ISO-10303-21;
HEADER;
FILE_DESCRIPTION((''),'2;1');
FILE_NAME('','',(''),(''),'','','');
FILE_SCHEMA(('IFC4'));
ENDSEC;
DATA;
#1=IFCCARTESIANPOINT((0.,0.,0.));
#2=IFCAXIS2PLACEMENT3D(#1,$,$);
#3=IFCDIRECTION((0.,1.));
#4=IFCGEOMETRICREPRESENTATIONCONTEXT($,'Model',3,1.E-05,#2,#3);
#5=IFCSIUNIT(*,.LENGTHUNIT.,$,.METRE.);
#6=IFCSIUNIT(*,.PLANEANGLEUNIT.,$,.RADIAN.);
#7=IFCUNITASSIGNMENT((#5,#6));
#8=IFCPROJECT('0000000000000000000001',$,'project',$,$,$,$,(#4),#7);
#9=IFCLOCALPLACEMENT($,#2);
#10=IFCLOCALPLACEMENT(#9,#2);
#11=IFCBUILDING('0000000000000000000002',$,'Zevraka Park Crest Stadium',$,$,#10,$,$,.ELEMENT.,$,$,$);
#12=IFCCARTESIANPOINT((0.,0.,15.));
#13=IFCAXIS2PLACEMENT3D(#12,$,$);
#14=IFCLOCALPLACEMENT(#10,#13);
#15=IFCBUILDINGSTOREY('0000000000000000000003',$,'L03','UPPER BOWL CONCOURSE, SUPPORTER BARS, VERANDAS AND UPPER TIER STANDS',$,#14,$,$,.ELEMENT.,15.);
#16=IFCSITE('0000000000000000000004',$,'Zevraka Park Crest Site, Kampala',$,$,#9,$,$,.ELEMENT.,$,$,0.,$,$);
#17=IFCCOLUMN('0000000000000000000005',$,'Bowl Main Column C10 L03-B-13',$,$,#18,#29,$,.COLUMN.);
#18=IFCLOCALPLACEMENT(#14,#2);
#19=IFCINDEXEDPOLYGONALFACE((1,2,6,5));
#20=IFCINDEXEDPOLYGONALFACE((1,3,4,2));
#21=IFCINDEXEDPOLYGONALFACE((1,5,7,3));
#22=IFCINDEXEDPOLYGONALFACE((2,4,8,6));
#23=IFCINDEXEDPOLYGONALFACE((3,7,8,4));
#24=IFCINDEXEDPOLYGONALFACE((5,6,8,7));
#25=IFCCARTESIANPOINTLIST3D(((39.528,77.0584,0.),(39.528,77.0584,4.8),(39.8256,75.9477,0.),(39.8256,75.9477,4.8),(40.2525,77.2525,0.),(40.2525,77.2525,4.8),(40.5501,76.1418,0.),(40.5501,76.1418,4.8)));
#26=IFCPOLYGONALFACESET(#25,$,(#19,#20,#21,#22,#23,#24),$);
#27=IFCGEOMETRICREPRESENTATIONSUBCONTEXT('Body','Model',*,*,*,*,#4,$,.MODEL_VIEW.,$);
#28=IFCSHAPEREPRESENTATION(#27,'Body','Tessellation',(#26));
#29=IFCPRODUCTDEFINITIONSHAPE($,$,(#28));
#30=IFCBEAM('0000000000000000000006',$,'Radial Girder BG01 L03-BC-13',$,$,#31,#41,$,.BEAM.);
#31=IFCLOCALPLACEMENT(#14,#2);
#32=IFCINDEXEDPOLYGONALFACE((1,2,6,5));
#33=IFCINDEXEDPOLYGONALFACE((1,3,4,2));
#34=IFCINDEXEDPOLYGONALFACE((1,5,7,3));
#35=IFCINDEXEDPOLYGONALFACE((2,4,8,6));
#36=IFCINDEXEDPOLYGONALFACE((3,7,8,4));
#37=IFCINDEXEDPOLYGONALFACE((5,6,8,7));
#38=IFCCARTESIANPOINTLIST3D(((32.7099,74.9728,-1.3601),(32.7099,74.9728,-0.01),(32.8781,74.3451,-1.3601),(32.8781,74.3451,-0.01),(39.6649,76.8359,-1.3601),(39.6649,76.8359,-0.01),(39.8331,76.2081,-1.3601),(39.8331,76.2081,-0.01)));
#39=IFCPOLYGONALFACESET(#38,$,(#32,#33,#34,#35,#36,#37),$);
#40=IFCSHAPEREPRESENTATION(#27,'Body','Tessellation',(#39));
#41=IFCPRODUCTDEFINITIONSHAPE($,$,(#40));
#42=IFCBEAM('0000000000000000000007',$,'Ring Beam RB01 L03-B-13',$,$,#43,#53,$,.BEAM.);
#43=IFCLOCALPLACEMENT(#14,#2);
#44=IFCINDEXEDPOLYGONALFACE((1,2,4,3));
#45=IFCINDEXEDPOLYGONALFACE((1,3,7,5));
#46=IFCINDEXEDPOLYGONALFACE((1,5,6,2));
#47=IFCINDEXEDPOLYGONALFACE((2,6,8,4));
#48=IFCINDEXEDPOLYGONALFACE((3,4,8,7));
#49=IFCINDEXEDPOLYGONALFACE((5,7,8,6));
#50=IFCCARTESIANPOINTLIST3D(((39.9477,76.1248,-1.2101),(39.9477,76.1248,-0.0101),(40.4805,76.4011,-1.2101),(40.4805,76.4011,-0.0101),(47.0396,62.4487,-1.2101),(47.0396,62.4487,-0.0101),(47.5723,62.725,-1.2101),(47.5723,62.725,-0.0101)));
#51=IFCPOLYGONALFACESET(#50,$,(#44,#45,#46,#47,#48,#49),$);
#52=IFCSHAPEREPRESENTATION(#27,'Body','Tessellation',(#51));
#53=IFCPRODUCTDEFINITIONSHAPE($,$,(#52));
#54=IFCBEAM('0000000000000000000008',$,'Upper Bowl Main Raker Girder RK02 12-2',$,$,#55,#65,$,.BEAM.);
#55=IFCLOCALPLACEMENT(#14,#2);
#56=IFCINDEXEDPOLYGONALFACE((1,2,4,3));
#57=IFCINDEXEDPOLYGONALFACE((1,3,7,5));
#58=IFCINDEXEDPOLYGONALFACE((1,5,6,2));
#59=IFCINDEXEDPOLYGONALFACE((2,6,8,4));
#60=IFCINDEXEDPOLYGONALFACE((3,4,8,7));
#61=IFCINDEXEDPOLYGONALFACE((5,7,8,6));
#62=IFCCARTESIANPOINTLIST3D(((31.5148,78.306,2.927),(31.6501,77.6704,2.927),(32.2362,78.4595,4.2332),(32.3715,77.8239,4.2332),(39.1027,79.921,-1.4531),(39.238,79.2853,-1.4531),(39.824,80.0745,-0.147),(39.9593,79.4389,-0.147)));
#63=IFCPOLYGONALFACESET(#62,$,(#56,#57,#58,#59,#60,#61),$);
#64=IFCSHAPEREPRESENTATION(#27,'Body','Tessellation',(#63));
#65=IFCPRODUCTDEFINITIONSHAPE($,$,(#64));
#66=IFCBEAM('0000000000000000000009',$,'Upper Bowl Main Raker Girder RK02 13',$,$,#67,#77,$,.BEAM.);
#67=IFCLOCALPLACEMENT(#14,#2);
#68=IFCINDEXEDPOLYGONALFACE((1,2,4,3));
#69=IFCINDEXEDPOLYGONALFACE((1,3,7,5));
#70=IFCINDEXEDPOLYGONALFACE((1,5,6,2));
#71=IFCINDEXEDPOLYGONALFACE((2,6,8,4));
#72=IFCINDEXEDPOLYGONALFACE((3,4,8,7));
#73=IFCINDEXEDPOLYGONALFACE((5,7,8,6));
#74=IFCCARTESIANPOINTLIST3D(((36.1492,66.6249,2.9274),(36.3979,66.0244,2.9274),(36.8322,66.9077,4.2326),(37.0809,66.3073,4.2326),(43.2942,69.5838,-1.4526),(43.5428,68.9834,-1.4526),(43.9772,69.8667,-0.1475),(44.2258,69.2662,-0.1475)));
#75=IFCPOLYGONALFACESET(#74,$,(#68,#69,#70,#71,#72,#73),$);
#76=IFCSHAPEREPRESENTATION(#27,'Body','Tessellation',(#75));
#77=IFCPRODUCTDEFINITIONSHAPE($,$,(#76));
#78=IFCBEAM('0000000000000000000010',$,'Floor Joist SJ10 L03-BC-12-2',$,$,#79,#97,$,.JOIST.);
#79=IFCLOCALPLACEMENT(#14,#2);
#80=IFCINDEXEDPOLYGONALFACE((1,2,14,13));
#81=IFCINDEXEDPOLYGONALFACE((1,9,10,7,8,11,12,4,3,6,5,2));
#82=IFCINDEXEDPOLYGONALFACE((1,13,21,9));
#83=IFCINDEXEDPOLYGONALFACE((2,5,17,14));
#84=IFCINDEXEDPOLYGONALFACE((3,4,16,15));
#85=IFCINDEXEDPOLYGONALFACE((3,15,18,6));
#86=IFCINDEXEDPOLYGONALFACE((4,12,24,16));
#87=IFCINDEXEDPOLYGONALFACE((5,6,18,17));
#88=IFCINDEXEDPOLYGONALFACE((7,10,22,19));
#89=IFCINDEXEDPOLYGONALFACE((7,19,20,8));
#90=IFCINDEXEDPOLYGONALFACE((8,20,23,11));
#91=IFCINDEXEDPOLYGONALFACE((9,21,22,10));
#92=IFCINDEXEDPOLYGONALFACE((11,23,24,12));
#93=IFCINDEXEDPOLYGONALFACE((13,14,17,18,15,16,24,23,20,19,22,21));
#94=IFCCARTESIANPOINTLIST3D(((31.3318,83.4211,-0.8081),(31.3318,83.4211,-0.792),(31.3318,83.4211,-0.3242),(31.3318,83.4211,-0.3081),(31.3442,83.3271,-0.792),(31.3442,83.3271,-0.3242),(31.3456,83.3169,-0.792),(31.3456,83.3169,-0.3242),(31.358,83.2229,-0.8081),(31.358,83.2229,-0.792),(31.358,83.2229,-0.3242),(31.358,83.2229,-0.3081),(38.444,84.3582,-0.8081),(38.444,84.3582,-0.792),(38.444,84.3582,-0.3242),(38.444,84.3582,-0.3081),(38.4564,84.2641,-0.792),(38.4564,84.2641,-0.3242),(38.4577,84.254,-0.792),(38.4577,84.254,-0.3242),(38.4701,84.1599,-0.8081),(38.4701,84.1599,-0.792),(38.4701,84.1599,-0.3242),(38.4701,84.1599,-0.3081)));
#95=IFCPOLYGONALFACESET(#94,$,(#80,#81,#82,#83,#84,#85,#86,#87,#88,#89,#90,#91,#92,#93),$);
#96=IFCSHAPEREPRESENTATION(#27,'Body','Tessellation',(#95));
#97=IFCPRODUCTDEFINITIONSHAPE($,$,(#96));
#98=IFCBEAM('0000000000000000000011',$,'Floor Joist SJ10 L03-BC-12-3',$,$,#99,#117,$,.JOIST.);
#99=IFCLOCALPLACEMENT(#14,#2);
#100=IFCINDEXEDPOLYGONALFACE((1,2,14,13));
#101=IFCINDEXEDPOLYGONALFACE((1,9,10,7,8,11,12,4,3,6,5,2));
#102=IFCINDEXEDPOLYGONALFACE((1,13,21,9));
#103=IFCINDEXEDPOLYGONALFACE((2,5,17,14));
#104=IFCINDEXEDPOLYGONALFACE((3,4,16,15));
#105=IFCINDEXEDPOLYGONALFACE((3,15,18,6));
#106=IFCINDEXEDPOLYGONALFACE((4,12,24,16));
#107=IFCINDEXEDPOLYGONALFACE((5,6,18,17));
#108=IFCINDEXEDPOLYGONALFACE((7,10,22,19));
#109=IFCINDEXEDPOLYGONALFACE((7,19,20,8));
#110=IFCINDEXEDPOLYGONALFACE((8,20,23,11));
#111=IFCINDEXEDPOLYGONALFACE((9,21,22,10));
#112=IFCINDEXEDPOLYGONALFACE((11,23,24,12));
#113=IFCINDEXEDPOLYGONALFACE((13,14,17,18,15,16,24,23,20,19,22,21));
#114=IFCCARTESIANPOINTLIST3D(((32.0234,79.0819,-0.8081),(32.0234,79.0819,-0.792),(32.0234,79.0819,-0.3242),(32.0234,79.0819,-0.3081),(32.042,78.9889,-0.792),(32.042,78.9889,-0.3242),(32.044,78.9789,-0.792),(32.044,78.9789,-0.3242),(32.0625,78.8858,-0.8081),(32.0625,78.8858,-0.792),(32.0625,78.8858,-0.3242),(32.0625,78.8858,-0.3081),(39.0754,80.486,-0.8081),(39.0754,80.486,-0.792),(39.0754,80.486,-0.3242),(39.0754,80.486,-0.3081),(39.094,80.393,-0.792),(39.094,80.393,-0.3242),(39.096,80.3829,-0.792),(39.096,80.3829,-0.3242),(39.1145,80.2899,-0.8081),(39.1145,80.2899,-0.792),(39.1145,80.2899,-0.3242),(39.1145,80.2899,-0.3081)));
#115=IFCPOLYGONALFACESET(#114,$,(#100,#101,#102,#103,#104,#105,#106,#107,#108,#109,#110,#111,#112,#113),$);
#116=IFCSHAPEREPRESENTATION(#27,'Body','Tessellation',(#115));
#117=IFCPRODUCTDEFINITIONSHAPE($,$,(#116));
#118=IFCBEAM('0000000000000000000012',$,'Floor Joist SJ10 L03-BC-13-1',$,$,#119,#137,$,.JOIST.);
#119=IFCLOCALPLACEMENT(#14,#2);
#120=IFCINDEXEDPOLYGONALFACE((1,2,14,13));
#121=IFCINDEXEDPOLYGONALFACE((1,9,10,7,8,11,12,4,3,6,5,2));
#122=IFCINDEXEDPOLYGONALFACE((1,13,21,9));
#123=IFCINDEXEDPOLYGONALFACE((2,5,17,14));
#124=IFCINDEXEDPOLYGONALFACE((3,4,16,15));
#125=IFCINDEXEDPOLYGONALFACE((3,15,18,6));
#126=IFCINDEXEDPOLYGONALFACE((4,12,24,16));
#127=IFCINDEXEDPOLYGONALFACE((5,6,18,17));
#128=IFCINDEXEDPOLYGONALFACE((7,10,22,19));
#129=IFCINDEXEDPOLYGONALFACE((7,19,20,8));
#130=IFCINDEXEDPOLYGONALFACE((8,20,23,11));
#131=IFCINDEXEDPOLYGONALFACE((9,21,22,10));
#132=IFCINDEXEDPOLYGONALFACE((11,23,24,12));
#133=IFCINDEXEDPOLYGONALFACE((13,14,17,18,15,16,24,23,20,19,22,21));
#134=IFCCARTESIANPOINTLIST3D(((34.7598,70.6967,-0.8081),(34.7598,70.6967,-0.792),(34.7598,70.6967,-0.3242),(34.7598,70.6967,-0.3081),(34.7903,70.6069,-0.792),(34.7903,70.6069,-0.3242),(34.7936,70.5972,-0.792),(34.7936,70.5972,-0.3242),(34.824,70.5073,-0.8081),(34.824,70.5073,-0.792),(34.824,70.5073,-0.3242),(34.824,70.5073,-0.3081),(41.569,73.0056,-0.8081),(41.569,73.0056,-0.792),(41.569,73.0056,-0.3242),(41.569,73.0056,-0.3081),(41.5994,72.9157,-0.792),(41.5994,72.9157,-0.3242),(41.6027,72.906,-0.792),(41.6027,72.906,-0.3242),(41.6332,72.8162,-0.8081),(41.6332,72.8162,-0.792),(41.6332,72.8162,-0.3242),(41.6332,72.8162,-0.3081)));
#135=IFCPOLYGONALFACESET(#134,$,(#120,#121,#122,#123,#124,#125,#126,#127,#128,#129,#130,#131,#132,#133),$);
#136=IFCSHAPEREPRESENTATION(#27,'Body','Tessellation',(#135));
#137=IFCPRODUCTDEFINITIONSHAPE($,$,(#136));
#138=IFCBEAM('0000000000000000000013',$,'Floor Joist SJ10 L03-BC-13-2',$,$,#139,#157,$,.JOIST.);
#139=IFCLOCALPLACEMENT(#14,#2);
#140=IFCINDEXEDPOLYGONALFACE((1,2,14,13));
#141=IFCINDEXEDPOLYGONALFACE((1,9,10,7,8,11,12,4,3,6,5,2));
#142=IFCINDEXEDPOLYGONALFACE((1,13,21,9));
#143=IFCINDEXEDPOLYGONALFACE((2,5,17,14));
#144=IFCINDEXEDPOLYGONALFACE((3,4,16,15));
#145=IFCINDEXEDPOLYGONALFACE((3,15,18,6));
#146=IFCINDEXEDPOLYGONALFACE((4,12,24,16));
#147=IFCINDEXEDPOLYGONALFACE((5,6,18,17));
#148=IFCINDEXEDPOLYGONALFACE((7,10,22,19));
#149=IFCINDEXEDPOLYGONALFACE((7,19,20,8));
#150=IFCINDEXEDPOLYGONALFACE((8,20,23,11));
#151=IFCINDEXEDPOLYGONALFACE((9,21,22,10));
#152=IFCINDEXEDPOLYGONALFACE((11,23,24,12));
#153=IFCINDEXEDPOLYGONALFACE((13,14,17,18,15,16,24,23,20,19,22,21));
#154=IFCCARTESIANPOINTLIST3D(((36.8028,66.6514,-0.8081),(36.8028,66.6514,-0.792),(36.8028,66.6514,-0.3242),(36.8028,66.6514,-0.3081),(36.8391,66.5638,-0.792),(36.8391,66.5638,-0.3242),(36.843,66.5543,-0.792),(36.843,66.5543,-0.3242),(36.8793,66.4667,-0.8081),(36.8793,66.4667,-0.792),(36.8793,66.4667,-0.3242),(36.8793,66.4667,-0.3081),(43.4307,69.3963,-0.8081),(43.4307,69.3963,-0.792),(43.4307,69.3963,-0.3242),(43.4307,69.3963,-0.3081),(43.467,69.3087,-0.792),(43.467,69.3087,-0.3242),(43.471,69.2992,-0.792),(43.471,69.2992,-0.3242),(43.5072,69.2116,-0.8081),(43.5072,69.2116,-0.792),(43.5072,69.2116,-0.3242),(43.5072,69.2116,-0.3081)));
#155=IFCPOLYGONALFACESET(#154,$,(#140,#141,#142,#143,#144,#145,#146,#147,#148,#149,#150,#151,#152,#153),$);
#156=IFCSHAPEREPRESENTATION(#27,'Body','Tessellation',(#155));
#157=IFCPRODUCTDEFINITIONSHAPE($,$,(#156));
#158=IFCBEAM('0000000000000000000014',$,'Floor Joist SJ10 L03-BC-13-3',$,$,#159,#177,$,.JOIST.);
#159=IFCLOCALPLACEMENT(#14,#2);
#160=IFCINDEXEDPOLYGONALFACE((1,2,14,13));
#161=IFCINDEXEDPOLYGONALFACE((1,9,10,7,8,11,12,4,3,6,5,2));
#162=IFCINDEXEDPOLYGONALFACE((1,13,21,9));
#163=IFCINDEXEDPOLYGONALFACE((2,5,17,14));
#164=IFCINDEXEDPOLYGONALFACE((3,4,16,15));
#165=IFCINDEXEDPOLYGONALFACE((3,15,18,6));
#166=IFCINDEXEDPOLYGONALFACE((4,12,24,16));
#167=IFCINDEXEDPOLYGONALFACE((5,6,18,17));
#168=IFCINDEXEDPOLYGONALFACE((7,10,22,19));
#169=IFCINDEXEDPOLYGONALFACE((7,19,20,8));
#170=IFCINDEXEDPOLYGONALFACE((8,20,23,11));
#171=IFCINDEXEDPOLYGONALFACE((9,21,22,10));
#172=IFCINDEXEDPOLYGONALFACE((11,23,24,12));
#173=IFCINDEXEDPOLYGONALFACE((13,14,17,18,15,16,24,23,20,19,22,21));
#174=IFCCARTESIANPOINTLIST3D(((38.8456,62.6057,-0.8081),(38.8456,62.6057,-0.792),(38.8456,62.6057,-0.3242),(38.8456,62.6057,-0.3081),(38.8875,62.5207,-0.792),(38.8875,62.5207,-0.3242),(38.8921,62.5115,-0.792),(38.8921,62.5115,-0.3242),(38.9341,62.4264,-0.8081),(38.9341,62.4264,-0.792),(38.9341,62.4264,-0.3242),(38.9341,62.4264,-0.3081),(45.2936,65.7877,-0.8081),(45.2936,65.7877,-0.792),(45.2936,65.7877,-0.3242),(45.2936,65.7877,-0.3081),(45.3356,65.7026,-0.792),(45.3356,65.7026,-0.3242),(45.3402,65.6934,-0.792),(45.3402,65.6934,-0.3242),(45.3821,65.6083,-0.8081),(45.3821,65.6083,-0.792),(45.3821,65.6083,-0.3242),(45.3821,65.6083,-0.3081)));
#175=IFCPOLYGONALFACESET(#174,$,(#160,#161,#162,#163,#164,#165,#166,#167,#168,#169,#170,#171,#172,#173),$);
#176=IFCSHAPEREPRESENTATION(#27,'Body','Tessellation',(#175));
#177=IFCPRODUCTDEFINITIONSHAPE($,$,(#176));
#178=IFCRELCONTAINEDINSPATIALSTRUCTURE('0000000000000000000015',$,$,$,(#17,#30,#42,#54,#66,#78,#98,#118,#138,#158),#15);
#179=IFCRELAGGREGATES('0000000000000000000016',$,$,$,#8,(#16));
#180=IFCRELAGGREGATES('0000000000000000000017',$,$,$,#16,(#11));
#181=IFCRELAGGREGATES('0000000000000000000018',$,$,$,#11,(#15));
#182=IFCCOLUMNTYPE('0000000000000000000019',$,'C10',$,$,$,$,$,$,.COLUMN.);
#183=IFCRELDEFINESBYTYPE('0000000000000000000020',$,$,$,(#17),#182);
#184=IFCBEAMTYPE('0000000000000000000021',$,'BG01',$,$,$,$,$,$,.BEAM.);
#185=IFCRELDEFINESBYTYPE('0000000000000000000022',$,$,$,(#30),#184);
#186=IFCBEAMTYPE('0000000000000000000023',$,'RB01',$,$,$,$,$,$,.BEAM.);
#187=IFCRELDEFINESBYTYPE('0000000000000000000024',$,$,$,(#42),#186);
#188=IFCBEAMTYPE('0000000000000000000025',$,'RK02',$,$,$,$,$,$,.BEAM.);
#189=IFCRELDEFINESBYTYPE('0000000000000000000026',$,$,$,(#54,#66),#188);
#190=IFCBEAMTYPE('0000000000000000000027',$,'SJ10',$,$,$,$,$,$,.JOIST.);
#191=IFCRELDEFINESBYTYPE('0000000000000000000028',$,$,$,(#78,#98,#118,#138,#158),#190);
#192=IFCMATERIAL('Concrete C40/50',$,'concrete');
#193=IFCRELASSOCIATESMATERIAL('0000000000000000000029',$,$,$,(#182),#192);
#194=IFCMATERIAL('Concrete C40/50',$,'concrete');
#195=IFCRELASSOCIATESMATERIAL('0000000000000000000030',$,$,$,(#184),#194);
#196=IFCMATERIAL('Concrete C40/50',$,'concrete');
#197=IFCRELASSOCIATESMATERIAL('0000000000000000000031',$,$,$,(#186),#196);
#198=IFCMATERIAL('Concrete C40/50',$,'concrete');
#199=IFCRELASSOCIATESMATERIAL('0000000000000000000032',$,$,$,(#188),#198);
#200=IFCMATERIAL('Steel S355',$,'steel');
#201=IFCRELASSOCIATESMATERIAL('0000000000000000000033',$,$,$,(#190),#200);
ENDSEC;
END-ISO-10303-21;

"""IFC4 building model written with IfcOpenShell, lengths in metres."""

from ifc_helpers import new_model, si_unit, direction, frame, origin, origin_2d, place, context, subcontext, project, spatial, rectangle, i_section, extrude, material, material_profile, profile_set, type_object, element, save


model = new_model("IFC4")

# Units and contexts
model_context = context("Model", 3, precision=1e-05, world=origin(), true_north=direction((0.0, 1.0)))
body_context = subcontext(model_context, "Body", "Model", "MODEL_VIEW")
ifc_project = project(units=[si_unit("LENGTHUNIT", "METRE"), si_unit("PLANEANGLEUNIT", "RADIAN")], contexts=[model_context])

# Site, building, storey
site_placement = place(None, origin())
site = spatial("IfcSite", under=ifc_project, at=site_placement, Name="Zevraka Park Crest Site, Kampala", CompositionType="ELEMENT", RefElevation=0.0)
building_placement = place(site_placement, origin())
building = spatial("IfcBuilding", under=site, at=building_placement, Name="Zevraka Park Crest Stadium", CompositionType="ELEMENT")
storey_placement = place(building_placement, frame((0.0, 0.0, 15.0)))
storey = spatial("IfcBuildingStorey", under=building, at=storey_placement, Name="L03", Description="UPPER BOWL CONCOURSE, SUPPORTER BARS, VERANDAS AND UPPER TIER STANDS", CompositionType="ELEMENT", Elevation=15.0)

# Column
ifc_material_1 = material(Name="Concrete C40/50", Category="concrete")
ifc_material_profile_1 = material_profile(ifc_material_1, rectangle(XDim=0.75, YDim=1.1499, at=origin_2d()), Name="RC 1150x750")
ifc_profile_set_1 = profile_set([ifc_material_profile_1], Name="Concrete C40/50")
column_type = type_object("IfcColumnType", Name="C10", PredefinedType="COLUMN", material=ifc_profile_set_1)
column_placement = place(storey_placement, frame((40.0391, 76.6001, 0.0), z_axis=(0.0, 0.0, 1.0), x_axis=(0.965926, 0.258819, 0.0)))
element("IfcColumn", 1, at=column_placement, inside=storey, type_object=column_type, Name="Bowl Main Column C10 L03-B-13", PredefinedType="COLUMN", context=body_context, shape_type="SweptSolid", body=[
    extrude(rectangle(XDim=0.75, YDim=1.1499, at=origin_2d()), origin(), (0.0, 0.0, 1.0), 4.8),
])

# Beams
ifc_material_2 = material(Name="Concrete C40/50", Category="concrete")
ifc_material_profile_2 = material_profile(ifc_material_2, rectangle(XDim=0.6499, YDim=1.3501, at=origin_2d()), Name="RC 1350x650")
ifc_profile_set_2 = profile_set([ifc_material_profile_2], Name="Concrete C40/50")
beam_type_1 = type_object("IfcBeamType", Name="BG01", PredefinedType="BEAM", material=ifc_profile_set_2)
beam_1_placement = place(storey_placement, frame((39.749, 76.522, -0.6851), z_axis=(-0.965946, -0.258745, 0.0), x_axis=(0.258745, -0.965946, 0.0)))
element("IfcBeam", 2, at=beam_1_placement, inside=storey, type_object=beam_type_1, Name="Radial Girder BG01 L03-BC-13", PredefinedType="BEAM", context=body_context, shape_type="SweptSolid", body=[
    extrude(rectangle(XDim=0.6499, YDim=1.3501, at=origin_2d()), origin(), (0.0, 0.0, 1.0), 7.2002),
])
ifc_material_3 = material(Name="Concrete C40/50", Category="concrete")
ifc_material_profile_3 = material_profile(ifc_material_3, rectangle(XDim=0.6001, YDim=1.2, at=origin_2d()), Name="RC 1200x600")
ifc_profile_set_3 = profile_set([ifc_material_profile_3], Name="Concrete C40/50")
beam_type_2 = type_object("IfcBeamType", Name="RB01", PredefinedType="BEAM", material=ifc_profile_set_3)
beam_2_placement = place(storey_placement, frame((40.2141, 76.2629, -0.6101), z_axis=(0.460344, -0.887741, 0.0), x_axis=(0.887741, 0.460344, 0.0)))
element("IfcBeam", 3, at=beam_2_placement, inside=storey, type_object=beam_type_2, Name="Ring Beam RB01 L03-B-13", PredefinedType="BEAM", context=body_context, shape_type="SweptSolid", body=[
    extrude(rectangle(XDim=0.6001, YDim=1.2, at=origin_2d()), origin(), (0.0, 0.0, 1.0), 15.4055),
])
ifc_material_4 = material(Name="Concrete C40/50", Category="concrete")
ifc_material_profile_4 = material_profile(ifc_material_4, rectangle(XDim=0.6499, YDim=1.5, at=origin_2d()), Name="RC 1500x650")
ifc_profile_set_4 = profile_set([ifc_material_profile_4], Name="Concrete C40/50")
beam_type_3 = type_object("IfcBeamType", Name="RK02", PredefinedType="BEAM", material=ifc_profile_set_4)
beam_3_placement = place(storey_placement, frame((39.531, 79.6799, -0.8), z_axis=(-0.851713, -0.181277, 0.491653), x_axis=(0.208175, -0.978092, 0.0)))
element("IfcBeam", 4, at=beam_3_placement, inside=storey, type_object=beam_type_3, Name="Upper Bowl Main Raker Girder RK02 12-2", PredefinedType="BEAM", context=body_context, shape_type="SweptSolid", body=[
    extrude(rectangle(XDim=0.6499, YDim=1.5, at=origin_2d()), origin(), (0.0, 0.0, 1.0), 8.9089),
])
beam_4_placement = place(storey_placement, frame((43.76, 69.425, -0.8), z_axis=(-0.803916, -0.332928, 0.492826), x_axis=(0.382619, -0.923906, 0.0)))
element("IfcBeam", 5, at=beam_4_placement, inside=storey, type_object=beam_type_3, Name="Upper Bowl Main Raker Girder RK02 13", PredefinedType="BEAM", context=body_context, shape_type="SweptSolid", body=[
    extrude(rectangle(XDim=0.6499, YDim=1.5, at=origin_2d()), origin(), (0.0, 0.0, 1.0), 8.8877),
])
ifc_material_5 = material(Name="Steel S355", Category="steel")
ifc_material_profile_5 = material_profile(ifc_material_5, i_section(OverallWidth=0.2, OverallDepth=0.5, WebThickness=0.0103, FlangeThickness=0.0161, at=origin_2d()), Name="IPE 500")
ifc_profile_set_5 = profile_set([ifc_material_profile_5], Name="Steel S355")
beam_type_4 = type_object("IfcBeamType", Name="SJ10", PredefinedType="JOIST", material=ifc_profile_set_5)
beam_5_placement = place(storey_placement, frame((38.457, 84.259, -0.5581), z_axis=(-0.991432, -0.130621, 0.0), x_axis=(0.130621, -0.991432, 0.0)))
element("IfcBeam", 6, at=beam_5_placement, inside=storey, type_object=beam_type_4, Name="Floor Joist SJ10 L03-BC-12-2", PredefinedType="JOIST", context=body_context, shape_type="SweptSolid", body=[
    extrude(i_section(OverallWidth=0.2, OverallDepth=0.5, WebThickness=0.0103, FlangeThickness=0.0161, at=origin_2d()), origin(), (0.0, 0.0, 1.0), 7.1736),
])
beam_6_placement = place(storey_placement, frame((39.095, 80.3879, -0.5581), z_axis=(-0.98075, -0.195267, 0.0), x_axis=(0.195267, -0.98075, 0.0)))
element("IfcBeam", 7, at=beam_6_placement, inside=storey, type_object=beam_type_4, Name="Floor Joist SJ10 L03-BC-12-3", PredefinedType="JOIST", context=body_context, shape_type="SweptSolid", body=[
    extrude(i_section(OverallWidth=0.2, OverallDepth=0.5, WebThickness=0.0103, FlangeThickness=0.0161, at=origin_2d()), origin(), (0.0, 0.0, 1.0), 7.1904),
])
beam_7_placement = place(storey_placement, frame((41.6011, 72.9109, -0.5581), z_axis=(-0.947037, -0.321123, 0.0), x_axis=(0.321123, -0.947037, 0.0)))
element("IfcBeam", 8, at=beam_7_placement, inside=storey, type_object=beam_type_4, Name="Floor Joist SJ10 L03-BC-13-1", PredefinedType="JOIST", context=body_context, shape_type="SweptSolid", body=[
    extrude(i_section(OverallWidth=0.2, OverallDepth=0.5, WebThickness=0.0103, FlangeThickness=0.0161, at=origin_2d()), origin(), (0.0, 0.0, 1.0), 7.1899),
])
beam_8_placement = place(storey_placement, frame((43.469, 69.304, -0.5581), z_axis=(-0.923904, -0.382623, 0.0), x_axis=(0.382623, -0.923904, 0.0)))
element("IfcBeam", 9, at=beam_8_placement, inside=storey, type_object=beam_type_4, Name="Floor Joist SJ10 L03-BC-13-2", PredefinedType="JOIST", context=body_context, shape_type="SweptSolid", body=[
    extrude(i_section(OverallWidth=0.2, OverallDepth=0.5, WebThickness=0.0103, FlangeThickness=0.0161, at=origin_2d()), origin(), (0.0, 0.0, 1.0), 7.1738),
])
beam_9_placement = place(storey_placement, frame((45.3379, 65.698, -0.5581), z_axis=(-0.896758, -0.442522, 0.0), x_axis=(0.442522, -0.896758, 0.0)))
element("IfcBeam", 10, at=beam_9_placement, inside=storey, type_object=beam_type_4, Name="Floor Joist SJ10 L03-BC-13-3", PredefinedType="JOIST", context=body_context, shape_type="SweptSolid", body=[
    extrude(i_section(OverallWidth=0.2, OverallDepth=0.5, WebThickness=0.0103, FlangeThickness=0.0161, at=origin_2d()), origin(), (0.0, 0.0, 1.0), 7.1904),
])

save(model, "model.ifc")
